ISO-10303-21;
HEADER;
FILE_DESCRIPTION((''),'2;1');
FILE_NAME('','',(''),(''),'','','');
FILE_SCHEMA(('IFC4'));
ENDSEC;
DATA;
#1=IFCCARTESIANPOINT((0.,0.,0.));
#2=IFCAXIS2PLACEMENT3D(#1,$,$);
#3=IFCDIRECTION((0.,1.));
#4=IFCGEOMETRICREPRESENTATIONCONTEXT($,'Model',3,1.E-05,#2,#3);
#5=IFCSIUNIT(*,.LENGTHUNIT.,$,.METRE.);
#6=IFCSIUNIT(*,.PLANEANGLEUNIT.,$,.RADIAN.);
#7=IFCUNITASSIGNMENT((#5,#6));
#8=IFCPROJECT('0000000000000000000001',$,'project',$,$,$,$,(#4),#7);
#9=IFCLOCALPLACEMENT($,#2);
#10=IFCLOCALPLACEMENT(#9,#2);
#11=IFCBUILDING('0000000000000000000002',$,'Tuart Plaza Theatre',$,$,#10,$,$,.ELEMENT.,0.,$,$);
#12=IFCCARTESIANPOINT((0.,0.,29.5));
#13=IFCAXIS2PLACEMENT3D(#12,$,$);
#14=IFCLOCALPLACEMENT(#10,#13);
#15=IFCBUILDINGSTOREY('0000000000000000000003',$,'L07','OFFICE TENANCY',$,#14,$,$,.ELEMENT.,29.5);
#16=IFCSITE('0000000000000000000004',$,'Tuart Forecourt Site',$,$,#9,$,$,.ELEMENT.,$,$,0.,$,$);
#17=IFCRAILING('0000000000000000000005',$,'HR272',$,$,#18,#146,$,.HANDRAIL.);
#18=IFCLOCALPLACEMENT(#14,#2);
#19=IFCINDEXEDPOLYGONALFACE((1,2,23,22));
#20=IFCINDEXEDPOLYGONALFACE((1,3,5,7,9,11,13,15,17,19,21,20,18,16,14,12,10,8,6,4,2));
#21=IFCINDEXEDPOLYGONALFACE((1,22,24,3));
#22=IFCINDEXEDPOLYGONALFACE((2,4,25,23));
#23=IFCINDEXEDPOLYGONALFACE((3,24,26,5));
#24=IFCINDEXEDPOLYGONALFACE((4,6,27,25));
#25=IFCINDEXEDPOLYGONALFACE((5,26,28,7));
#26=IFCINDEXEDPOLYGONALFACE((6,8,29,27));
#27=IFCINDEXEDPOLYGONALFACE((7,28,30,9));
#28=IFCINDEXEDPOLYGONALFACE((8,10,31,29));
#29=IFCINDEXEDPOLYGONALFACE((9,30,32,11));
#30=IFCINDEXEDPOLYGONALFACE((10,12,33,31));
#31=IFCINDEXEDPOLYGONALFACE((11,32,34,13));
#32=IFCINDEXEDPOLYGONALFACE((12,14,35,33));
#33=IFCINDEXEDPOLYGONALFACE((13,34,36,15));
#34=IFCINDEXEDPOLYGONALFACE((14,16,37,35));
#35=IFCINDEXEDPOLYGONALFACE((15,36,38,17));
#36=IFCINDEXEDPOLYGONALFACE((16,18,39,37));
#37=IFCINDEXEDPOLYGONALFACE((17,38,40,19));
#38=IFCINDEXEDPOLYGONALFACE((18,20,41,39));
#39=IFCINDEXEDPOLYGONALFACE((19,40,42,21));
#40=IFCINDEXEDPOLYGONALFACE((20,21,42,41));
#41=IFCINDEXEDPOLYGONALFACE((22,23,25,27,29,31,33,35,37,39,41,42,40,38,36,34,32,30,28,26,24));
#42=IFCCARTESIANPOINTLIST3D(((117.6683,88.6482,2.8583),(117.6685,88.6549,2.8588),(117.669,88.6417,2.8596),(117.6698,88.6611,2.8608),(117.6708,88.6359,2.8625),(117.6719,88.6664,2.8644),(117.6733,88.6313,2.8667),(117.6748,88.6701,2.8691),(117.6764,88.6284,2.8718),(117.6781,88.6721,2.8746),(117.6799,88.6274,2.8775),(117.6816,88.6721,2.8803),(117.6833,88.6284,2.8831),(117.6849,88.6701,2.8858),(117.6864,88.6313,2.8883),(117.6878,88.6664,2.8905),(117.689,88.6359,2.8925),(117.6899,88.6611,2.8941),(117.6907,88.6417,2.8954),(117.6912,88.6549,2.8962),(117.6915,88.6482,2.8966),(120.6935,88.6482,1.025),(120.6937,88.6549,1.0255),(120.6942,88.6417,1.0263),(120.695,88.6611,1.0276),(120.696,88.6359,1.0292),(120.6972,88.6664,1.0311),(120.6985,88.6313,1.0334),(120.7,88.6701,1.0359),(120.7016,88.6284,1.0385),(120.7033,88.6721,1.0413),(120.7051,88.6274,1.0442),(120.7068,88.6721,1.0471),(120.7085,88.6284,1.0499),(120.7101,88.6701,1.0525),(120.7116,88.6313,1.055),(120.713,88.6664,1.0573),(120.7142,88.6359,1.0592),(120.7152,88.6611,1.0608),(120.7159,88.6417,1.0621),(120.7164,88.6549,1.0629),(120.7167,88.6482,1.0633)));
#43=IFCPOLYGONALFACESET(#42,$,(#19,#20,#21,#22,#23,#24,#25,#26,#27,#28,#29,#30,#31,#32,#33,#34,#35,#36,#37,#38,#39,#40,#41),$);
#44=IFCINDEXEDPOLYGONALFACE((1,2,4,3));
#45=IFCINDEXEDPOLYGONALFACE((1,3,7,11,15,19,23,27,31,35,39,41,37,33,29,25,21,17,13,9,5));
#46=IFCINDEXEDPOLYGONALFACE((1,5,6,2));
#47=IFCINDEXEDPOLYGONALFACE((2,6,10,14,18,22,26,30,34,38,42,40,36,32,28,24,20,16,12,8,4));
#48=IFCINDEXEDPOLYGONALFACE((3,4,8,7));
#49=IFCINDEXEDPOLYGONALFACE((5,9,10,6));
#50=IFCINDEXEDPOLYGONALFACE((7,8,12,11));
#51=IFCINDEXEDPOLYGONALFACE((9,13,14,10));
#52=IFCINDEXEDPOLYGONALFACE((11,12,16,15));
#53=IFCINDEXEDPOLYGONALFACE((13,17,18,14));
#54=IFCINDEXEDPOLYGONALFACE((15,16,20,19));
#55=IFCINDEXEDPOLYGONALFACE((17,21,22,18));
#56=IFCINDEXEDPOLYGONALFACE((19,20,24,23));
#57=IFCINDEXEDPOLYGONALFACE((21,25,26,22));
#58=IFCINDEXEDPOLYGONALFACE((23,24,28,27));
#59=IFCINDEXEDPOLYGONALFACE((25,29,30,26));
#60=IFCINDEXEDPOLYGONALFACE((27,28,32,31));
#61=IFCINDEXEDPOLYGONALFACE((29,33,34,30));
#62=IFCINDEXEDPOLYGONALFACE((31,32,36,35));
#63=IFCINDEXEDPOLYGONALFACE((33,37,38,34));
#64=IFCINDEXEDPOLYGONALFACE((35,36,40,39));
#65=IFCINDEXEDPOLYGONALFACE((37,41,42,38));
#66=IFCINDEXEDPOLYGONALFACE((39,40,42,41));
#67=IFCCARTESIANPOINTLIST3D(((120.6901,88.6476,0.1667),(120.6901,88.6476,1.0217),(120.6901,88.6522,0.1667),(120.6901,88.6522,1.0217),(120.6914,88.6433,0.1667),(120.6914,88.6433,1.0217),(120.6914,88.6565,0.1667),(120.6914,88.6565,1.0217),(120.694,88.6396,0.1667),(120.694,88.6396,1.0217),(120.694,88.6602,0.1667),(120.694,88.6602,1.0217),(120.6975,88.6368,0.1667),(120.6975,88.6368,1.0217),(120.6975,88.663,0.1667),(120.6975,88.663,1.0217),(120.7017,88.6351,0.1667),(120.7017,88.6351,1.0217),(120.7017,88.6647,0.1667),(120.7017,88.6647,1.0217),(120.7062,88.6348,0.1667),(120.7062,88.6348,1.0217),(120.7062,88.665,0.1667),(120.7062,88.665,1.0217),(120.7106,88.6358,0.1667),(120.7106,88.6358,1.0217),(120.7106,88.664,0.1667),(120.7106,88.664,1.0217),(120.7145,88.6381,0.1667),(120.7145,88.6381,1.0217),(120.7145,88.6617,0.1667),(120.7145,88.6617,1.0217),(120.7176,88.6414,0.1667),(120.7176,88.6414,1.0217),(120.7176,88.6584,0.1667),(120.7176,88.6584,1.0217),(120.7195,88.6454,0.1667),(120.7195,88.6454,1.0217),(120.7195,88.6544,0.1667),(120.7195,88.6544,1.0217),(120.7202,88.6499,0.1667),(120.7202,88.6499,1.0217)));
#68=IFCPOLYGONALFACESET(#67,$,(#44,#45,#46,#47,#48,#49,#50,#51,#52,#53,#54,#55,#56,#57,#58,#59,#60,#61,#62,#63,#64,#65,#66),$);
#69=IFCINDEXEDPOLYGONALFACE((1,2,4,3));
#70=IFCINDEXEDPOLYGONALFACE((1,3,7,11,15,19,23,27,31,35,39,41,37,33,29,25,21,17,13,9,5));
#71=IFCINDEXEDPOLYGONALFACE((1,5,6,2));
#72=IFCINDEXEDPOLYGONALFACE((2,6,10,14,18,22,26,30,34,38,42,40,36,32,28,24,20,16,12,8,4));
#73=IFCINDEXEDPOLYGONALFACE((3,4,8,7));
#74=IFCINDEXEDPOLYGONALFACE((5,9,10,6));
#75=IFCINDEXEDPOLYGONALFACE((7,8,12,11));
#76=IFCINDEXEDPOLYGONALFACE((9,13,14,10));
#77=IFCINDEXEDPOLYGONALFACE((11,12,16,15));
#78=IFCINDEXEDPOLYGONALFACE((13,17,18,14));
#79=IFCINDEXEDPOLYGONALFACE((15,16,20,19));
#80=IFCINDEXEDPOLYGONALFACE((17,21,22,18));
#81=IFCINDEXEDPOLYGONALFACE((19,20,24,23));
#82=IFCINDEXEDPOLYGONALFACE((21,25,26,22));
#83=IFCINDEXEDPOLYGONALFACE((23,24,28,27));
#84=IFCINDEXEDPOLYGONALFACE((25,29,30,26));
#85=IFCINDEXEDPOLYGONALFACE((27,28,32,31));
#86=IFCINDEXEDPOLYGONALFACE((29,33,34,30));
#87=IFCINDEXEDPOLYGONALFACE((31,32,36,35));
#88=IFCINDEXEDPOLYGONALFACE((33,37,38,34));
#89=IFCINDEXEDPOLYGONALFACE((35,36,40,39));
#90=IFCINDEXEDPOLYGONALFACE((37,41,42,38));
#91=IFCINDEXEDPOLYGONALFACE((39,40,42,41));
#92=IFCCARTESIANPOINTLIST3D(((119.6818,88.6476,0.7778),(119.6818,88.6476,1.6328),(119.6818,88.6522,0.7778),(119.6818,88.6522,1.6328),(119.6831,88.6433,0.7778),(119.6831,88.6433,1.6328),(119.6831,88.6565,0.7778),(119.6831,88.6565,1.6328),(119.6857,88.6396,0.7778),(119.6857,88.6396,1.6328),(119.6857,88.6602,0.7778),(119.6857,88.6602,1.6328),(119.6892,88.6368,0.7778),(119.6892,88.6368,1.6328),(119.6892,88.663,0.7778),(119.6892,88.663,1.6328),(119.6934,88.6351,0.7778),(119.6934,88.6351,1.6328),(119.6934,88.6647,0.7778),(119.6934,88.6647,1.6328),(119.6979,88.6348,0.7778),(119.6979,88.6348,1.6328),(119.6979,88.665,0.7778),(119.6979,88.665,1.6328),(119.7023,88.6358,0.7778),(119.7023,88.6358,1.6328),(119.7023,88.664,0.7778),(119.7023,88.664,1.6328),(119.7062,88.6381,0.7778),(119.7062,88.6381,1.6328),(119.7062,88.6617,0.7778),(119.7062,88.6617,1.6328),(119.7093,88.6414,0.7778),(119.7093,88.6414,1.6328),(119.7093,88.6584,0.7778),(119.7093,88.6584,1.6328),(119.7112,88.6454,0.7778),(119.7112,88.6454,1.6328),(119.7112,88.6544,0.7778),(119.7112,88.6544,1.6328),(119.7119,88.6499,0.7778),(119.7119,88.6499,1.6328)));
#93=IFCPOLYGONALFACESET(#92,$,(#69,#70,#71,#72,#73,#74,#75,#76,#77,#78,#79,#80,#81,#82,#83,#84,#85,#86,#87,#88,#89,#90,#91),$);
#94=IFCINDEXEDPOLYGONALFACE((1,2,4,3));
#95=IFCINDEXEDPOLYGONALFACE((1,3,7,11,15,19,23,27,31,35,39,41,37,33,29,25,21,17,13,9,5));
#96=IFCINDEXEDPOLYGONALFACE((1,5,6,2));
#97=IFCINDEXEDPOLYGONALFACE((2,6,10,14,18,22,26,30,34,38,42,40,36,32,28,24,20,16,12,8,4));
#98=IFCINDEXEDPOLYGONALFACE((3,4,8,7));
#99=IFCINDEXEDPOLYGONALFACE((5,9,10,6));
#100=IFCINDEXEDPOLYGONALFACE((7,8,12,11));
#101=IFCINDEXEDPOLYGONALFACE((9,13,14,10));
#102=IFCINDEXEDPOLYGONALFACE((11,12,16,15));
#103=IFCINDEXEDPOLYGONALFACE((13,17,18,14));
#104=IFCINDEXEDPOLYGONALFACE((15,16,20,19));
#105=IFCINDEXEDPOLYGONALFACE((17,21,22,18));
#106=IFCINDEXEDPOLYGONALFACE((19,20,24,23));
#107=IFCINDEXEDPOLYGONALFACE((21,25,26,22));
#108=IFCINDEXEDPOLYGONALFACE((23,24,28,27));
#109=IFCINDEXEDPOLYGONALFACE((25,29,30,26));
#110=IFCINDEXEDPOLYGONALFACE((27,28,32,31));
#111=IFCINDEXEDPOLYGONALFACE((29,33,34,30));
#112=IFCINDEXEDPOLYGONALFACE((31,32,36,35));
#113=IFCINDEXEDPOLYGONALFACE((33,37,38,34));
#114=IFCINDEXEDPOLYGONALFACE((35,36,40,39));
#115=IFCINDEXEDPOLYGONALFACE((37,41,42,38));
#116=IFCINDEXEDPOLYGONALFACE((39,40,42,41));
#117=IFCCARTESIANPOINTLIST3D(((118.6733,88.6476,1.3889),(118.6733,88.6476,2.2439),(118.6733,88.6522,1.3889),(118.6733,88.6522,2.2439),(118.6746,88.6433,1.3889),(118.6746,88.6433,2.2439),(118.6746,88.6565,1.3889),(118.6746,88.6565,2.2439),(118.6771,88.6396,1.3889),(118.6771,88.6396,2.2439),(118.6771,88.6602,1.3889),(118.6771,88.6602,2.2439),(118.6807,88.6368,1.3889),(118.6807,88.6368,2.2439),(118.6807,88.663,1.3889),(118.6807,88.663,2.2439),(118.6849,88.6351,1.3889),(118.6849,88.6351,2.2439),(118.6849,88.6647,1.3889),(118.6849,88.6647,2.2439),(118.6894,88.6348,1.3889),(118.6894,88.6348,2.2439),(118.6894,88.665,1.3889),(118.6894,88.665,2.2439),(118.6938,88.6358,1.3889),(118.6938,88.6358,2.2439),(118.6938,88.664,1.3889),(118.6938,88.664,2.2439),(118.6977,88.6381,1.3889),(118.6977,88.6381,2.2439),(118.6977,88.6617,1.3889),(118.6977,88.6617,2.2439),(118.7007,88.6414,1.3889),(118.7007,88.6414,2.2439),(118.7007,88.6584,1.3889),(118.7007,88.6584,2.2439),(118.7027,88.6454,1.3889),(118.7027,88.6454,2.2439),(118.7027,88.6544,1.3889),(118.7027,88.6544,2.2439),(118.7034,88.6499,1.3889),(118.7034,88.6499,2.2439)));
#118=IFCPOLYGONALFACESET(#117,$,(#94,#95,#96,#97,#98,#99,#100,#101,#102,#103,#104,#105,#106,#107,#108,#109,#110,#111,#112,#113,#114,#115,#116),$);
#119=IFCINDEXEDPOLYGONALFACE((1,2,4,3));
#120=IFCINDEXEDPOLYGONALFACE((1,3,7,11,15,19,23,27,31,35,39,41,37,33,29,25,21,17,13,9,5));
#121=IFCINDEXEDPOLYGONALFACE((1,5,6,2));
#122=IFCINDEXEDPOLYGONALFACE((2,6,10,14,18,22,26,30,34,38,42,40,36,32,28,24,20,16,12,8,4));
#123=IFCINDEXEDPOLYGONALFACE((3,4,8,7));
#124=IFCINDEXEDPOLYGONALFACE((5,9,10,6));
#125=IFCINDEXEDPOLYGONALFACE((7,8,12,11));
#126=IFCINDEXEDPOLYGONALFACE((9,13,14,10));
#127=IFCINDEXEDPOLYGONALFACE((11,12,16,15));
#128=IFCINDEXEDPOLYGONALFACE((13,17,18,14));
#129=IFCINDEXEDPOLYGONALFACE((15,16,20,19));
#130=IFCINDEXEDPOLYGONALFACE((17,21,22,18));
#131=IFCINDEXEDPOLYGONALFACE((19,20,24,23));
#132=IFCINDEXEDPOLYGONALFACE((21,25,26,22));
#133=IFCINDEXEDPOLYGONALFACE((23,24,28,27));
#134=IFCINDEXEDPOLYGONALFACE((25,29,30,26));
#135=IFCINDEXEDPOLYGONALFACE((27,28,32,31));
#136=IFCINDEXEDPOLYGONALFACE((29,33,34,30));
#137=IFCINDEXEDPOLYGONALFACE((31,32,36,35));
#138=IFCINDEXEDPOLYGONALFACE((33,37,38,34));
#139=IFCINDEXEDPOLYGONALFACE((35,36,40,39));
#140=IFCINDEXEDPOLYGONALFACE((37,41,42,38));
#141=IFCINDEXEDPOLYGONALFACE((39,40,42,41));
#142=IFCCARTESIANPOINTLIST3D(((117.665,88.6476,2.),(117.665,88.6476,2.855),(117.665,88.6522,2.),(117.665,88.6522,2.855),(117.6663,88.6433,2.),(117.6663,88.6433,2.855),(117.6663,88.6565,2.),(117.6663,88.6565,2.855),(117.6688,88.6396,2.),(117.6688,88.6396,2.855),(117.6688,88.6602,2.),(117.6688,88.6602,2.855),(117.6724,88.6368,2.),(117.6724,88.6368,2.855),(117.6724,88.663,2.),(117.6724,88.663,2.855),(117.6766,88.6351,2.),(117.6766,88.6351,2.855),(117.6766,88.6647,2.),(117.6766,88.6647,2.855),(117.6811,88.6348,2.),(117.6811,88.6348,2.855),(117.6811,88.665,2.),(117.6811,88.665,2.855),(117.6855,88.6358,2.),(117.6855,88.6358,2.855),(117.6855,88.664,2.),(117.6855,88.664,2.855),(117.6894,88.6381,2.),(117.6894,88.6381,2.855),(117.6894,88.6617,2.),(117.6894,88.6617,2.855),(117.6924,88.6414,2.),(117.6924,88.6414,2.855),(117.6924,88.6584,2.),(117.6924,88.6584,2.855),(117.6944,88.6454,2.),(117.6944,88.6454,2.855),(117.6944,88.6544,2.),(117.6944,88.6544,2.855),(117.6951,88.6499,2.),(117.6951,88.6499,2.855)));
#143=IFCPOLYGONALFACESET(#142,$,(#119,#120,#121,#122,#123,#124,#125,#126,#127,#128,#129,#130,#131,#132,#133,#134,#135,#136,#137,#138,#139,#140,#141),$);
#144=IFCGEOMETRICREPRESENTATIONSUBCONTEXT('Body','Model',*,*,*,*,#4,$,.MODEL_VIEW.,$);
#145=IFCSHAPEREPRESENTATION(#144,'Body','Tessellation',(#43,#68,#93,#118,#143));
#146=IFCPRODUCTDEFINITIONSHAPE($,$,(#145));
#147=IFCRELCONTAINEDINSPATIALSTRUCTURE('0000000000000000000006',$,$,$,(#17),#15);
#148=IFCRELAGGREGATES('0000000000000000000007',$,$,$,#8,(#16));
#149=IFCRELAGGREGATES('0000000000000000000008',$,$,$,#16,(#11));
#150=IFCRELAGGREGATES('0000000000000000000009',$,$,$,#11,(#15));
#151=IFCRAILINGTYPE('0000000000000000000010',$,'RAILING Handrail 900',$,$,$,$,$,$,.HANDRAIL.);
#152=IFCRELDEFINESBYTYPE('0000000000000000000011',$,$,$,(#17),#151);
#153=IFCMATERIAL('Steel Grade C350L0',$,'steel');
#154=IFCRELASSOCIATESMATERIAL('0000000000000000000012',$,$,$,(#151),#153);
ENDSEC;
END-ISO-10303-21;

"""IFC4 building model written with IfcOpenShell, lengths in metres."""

from ifc_helpers import new_model, si_unit, direction, frame, origin, origin_2d, place, context, subcontext, project, spatial, circle, extrude, material, type_object, element, save


model = new_model("IFC4")

# Units and contexts
model_context = context("Model", 3, precision=1e-05, world=origin(), true_north=direction((0.0, 1.0)))
body_context = subcontext(model_context, "Body", "Model", "MODEL_VIEW")
ifc_project = project(units=[si_unit("LENGTHUNIT", "METRE"), si_unit("PLANEANGLEUNIT", "RADIAN")], contexts=[model_context])

# Site, building, storey
site_placement = place(None, origin())
site = spatial("IfcSite", under=ifc_project, at=site_placement, Name="Tuart Forecourt Site", CompositionType="ELEMENT", RefElevation=0.0)
building_placement = place(site_placement, origin())
building = spatial("IfcBuilding", under=site, at=building_placement, Name="Tuart Plaza Theatre", CompositionType="ELEMENT", ElevationOfRefHeight=0.0)
storey_placement = place(building_placement, frame((0.0, 0.0, 29.5)))
storey = spatial("IfcBuildingStorey", under=building, at=storey_placement, Name="L07", Description="OFFICE TENANCY", CompositionType="ELEMENT", Elevation=29.5)

# Railing
ifc_material_1 = material(Name="Steel Grade C350L0", Category="steel")
railing_type_1 = type_object("IfcRailingType", Name="RAILING Handrail 900", PredefinedType="HANDRAIL", material=ifc_material_1)
for number, where, name in (
    (1, (120.7051, 88.6499, 0.1667), "HR272"),
):
    element("IfcRailing", number, at=place(storey_placement, frame(where)), inside=storey, type_object=railing_type_1, Name=name, PredefinedType="HANDRAIL", context=body_context, shape_type="SweptSolid", body=[
        extrude(circle(Radius=0.0225, at=origin_2d()), frame((0.0, 0.0, 0.8774), z_axis=(-0.855219, 0.0, 0.518267), x_axis=(0.0, -1.0, 0.0)), (0.0, 0.0, 1.0), 3.5374),
        extrude(circle(Radius=0.0151, at=origin_2d()), origin(), (0.0, 0.0, 1.0), 0.855),
        extrude(circle(Radius=0.0151, at=origin_2d()), frame((-1.0083, 0.0, 0.6111)), (0.0, 0.0, 1.0), 0.855),
        extrude(circle(Radius=0.0151, at=origin_2d()), frame((-2.0168, 0.0, 1.2222)), (0.0, 0.0, 1.0), 0.855),
        extrude(circle(Radius=0.0151, at=origin_2d()), frame((-3.0251, 0.0, 1.8333)), (0.0, 0.0, 1.0), 0.855),
    ])

save(model, "model.ifc")
